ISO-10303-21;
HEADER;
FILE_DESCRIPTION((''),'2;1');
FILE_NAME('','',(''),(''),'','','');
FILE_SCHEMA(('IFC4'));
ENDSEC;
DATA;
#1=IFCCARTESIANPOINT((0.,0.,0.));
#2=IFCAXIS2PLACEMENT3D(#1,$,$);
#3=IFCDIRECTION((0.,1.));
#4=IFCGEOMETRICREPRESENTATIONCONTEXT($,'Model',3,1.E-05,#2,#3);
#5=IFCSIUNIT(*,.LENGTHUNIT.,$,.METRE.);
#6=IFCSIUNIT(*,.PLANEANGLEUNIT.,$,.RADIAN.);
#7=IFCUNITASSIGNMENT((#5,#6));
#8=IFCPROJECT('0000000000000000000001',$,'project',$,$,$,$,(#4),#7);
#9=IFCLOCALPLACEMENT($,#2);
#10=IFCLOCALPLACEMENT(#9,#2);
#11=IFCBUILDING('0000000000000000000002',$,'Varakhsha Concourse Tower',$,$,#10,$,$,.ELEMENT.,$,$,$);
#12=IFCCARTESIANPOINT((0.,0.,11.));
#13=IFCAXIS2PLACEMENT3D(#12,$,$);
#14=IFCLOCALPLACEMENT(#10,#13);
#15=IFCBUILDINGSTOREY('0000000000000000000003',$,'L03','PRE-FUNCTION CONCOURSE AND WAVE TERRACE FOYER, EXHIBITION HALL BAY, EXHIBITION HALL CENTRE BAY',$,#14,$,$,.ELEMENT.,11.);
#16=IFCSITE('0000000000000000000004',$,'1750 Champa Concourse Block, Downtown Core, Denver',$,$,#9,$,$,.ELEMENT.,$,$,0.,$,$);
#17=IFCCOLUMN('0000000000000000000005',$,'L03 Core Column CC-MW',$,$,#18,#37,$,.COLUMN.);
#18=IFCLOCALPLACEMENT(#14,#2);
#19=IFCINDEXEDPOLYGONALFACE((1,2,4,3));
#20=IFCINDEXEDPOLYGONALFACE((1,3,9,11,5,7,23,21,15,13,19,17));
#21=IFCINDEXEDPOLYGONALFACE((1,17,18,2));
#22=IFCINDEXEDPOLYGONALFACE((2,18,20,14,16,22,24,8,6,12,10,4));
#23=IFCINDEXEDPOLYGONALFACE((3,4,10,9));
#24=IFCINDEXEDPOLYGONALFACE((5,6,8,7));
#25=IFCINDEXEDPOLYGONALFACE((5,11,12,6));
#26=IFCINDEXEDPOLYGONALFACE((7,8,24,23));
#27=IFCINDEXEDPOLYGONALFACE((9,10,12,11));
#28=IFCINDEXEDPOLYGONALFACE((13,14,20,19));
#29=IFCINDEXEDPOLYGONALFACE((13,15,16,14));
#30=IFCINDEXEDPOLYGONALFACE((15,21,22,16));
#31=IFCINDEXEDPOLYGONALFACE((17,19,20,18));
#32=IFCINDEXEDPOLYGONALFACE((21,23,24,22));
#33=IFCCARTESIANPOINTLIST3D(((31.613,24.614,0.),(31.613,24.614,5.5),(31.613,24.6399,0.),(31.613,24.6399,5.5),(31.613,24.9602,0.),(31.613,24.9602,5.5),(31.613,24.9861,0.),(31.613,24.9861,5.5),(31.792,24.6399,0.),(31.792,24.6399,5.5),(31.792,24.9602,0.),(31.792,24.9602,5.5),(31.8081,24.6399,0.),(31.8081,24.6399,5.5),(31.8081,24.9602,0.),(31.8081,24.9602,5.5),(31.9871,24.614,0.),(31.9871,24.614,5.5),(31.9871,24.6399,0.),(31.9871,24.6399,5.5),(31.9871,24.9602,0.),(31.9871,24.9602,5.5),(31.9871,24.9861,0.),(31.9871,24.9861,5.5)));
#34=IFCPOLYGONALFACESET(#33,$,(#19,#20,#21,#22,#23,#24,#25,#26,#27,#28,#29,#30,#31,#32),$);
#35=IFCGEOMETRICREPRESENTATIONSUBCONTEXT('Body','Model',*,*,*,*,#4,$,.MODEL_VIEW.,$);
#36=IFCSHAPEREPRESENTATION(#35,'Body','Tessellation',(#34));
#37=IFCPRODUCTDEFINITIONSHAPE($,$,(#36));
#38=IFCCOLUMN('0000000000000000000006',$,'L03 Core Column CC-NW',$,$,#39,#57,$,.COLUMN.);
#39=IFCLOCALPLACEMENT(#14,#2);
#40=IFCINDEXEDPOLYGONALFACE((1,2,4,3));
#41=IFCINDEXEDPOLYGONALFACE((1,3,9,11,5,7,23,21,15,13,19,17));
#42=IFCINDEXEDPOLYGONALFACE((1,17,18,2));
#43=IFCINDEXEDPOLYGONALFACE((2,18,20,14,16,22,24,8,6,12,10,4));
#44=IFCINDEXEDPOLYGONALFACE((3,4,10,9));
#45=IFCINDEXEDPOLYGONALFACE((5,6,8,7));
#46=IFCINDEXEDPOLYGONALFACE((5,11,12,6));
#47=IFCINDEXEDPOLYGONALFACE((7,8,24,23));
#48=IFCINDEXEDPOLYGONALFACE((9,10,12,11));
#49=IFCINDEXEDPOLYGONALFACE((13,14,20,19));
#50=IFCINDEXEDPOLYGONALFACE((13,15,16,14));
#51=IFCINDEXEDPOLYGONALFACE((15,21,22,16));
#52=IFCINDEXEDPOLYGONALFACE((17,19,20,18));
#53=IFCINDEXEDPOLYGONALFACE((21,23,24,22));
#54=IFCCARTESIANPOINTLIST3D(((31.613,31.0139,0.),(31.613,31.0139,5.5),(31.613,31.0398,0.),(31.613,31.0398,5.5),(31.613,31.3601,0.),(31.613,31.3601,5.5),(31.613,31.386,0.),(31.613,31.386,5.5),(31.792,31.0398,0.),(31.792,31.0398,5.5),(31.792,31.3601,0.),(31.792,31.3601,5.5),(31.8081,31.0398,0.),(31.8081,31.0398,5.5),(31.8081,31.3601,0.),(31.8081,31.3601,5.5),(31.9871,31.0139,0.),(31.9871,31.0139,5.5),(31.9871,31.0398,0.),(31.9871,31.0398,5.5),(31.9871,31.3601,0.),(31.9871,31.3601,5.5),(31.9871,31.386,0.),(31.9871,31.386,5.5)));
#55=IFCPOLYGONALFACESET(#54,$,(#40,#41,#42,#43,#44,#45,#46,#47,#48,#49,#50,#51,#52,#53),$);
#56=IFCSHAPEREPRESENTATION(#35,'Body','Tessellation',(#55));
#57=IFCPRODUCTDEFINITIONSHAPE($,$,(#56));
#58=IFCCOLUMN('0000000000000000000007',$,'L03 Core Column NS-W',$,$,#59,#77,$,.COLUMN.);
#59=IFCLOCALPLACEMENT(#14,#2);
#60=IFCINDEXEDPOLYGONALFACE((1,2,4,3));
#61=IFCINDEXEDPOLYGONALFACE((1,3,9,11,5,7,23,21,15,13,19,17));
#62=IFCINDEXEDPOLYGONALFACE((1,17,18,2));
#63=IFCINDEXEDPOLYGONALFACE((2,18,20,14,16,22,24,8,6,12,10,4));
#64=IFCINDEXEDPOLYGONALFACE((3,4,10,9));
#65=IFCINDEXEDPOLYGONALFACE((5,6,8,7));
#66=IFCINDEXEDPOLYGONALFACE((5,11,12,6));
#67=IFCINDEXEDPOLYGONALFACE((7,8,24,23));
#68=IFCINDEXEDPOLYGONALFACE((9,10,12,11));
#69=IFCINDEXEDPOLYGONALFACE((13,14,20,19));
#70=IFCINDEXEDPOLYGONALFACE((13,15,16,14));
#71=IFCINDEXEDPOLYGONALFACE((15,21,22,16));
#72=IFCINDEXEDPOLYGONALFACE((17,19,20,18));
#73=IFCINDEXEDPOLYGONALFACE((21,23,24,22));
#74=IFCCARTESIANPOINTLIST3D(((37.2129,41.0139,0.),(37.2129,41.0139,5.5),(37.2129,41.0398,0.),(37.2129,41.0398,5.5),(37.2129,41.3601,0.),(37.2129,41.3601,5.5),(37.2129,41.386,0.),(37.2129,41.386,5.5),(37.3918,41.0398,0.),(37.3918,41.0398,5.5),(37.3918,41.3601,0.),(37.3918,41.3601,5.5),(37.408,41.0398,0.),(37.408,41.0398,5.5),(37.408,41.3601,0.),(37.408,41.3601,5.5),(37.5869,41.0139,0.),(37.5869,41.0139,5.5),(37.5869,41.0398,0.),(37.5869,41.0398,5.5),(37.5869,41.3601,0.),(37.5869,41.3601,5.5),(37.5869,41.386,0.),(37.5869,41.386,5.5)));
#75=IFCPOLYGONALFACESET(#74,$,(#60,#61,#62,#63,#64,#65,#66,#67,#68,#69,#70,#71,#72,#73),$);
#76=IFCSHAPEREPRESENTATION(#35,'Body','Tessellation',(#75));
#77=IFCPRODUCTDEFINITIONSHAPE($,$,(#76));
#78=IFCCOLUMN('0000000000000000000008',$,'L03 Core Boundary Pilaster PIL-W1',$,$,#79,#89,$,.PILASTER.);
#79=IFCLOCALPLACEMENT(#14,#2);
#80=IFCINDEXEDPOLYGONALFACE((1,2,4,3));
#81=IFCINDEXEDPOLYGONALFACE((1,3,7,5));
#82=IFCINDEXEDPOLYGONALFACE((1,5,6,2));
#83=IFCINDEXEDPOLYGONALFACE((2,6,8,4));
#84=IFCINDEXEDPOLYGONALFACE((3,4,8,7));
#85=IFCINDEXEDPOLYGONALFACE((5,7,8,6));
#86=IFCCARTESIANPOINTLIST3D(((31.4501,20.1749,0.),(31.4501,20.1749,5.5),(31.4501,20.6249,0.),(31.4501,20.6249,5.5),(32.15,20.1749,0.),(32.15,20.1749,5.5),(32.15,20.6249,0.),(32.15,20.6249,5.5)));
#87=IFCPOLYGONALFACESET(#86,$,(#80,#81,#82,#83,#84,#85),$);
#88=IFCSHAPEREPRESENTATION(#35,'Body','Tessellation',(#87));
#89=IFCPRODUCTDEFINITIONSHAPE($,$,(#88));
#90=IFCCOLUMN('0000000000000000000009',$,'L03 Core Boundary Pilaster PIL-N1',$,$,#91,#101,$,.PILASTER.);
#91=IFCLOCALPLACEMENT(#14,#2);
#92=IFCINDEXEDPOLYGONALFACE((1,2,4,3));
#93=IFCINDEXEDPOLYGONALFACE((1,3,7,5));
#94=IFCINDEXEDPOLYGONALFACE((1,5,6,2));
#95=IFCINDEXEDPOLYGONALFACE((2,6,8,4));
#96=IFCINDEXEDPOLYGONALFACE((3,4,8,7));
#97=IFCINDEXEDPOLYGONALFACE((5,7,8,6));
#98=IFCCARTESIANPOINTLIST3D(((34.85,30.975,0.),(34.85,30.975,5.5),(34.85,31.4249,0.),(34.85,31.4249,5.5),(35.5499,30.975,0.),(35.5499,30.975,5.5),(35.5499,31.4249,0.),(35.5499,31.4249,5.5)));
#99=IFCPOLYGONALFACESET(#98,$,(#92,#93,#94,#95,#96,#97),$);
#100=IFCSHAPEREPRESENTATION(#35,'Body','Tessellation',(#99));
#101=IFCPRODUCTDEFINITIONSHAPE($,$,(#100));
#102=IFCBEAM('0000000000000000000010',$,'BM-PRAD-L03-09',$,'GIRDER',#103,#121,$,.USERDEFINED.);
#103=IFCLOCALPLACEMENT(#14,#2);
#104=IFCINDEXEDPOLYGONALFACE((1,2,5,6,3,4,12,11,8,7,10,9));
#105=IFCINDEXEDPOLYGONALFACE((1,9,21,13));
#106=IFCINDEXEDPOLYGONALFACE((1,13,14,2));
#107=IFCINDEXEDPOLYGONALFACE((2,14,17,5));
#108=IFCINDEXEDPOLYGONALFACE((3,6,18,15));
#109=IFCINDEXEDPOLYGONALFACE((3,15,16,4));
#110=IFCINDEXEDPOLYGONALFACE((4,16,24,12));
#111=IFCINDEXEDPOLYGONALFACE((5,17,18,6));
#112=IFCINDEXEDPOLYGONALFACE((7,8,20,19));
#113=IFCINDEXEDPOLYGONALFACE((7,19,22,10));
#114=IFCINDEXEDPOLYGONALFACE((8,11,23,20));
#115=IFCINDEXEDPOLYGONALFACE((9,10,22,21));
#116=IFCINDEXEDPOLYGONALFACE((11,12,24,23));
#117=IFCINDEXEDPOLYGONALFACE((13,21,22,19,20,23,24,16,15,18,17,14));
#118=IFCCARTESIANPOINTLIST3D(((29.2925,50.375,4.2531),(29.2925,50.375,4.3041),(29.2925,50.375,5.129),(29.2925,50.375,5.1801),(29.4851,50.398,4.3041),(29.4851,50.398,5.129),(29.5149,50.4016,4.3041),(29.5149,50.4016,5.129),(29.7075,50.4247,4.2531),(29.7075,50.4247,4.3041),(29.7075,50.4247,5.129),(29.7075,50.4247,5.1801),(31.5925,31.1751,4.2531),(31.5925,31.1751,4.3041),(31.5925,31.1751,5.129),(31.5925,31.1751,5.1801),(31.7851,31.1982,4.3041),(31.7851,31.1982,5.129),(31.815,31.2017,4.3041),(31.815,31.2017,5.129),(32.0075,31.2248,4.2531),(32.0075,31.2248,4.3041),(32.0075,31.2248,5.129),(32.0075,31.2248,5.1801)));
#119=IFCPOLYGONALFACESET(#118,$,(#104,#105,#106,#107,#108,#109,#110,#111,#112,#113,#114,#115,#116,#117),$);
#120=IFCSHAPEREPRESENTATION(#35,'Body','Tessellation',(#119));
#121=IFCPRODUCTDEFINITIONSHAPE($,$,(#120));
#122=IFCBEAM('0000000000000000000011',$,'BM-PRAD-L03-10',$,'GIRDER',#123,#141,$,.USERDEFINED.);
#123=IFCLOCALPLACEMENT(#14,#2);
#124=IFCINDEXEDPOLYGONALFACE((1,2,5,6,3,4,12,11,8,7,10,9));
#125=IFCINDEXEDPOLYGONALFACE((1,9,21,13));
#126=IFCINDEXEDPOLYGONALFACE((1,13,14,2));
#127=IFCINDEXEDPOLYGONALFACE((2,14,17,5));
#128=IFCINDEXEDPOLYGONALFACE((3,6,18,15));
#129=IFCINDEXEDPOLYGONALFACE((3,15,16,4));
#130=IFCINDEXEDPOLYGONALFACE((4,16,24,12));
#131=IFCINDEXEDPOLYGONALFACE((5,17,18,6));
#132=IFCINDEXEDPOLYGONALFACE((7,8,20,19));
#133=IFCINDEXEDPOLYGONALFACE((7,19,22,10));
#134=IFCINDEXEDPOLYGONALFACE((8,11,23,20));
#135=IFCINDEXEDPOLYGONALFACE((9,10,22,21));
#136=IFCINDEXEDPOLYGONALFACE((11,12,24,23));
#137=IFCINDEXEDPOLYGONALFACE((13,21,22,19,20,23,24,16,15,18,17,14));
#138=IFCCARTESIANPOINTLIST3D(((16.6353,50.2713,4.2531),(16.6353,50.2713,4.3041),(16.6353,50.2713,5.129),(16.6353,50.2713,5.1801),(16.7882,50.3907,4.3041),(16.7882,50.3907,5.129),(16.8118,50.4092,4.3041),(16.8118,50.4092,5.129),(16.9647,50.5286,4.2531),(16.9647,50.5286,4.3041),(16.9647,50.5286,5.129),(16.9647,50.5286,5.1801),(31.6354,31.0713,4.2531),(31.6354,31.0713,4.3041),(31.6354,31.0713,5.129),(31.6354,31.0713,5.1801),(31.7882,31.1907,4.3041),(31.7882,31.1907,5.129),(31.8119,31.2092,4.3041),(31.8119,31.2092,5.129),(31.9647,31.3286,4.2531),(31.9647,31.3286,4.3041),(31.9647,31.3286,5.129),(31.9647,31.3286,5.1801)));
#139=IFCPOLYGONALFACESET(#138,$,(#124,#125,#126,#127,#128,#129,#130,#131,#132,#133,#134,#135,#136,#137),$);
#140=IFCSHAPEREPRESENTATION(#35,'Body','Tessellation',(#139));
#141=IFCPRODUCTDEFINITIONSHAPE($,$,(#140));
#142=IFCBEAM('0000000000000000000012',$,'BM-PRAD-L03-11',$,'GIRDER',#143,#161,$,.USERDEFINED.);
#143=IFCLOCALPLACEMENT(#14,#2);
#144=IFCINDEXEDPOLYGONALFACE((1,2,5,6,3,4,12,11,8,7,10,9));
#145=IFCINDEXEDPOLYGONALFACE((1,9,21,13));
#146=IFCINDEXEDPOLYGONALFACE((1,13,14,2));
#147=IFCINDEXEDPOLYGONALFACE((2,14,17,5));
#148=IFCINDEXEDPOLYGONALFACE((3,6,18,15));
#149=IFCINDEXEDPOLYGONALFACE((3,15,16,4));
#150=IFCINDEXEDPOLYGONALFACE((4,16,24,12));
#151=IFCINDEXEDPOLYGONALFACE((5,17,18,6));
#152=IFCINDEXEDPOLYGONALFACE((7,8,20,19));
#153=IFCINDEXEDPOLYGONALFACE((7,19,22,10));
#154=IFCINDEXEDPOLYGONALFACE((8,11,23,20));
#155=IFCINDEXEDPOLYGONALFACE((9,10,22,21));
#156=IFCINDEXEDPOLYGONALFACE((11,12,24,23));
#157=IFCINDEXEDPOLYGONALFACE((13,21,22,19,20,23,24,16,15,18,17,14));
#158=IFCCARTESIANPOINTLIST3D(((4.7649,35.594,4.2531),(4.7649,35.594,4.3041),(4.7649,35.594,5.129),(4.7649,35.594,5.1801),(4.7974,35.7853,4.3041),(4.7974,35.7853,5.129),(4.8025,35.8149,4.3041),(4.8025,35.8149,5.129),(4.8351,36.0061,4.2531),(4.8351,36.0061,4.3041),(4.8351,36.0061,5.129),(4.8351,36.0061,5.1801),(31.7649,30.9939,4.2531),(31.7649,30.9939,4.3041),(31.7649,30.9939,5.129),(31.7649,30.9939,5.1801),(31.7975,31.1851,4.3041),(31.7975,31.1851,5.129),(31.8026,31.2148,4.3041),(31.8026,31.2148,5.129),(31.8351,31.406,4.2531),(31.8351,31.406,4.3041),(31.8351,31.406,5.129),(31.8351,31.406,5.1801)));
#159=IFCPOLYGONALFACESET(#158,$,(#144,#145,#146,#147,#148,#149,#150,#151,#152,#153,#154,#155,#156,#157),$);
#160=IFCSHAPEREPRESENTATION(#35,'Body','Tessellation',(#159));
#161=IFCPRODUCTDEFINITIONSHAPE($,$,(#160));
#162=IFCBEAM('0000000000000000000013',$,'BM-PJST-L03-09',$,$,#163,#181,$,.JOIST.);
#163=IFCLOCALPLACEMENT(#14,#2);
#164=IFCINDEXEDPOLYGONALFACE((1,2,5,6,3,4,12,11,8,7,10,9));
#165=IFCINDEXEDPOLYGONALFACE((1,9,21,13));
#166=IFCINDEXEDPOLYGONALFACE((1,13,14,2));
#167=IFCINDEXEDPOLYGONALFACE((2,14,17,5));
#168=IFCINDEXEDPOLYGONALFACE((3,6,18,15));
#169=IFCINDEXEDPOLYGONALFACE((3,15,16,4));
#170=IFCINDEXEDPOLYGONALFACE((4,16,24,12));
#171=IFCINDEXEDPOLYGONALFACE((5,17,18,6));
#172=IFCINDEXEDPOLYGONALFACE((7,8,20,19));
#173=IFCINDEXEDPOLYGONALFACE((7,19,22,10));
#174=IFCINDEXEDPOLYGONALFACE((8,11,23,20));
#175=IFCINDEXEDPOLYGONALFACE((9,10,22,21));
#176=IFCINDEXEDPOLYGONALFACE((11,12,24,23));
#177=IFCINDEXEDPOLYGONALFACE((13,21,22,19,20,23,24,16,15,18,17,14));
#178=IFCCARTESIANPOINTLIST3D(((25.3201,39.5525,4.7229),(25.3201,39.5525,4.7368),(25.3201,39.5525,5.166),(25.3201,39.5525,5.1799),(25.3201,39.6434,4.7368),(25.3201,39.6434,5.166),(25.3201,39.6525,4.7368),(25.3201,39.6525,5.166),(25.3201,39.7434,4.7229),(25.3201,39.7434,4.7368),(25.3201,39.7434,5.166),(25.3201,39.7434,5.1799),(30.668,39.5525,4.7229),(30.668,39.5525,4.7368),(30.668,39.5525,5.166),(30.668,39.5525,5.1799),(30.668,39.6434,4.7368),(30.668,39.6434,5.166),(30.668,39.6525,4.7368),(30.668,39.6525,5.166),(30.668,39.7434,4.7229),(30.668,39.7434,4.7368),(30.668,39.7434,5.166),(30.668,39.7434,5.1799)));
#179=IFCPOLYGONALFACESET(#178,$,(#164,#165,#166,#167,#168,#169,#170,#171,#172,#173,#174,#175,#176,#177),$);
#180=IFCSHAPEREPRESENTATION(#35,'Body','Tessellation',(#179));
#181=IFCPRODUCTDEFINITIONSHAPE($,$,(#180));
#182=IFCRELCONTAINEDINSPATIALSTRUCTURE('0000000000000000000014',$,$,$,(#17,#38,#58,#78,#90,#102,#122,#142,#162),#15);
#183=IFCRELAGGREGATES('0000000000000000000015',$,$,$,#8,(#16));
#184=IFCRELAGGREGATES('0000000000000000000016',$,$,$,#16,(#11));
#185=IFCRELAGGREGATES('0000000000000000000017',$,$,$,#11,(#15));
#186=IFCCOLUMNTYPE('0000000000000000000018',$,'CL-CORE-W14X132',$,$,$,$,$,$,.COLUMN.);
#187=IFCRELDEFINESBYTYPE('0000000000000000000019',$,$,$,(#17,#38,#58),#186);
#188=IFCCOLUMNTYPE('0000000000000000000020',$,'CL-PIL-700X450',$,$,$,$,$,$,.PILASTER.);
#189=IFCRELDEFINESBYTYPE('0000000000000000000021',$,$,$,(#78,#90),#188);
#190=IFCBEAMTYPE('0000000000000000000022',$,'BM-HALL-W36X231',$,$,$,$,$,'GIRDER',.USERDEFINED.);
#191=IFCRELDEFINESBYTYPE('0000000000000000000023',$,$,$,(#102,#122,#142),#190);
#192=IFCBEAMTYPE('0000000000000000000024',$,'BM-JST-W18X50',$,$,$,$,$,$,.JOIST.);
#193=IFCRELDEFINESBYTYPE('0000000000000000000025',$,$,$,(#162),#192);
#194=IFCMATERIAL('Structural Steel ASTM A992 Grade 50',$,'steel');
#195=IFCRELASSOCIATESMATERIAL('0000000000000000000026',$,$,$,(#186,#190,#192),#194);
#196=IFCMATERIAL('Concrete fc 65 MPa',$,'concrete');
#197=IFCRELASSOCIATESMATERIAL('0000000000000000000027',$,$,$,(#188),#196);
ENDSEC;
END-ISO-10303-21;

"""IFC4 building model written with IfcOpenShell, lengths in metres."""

from ifc_helpers import new_model, si_unit, direction, frame, origin, origin_2d, place, context, subcontext, project, spatial, rectangle, i_section, extrude, material, material_profile, profile_set, type_object, element, save


model = new_model("IFC4")

# Units and contexts
model_context = context("Model", 3, precision=1e-05, world=origin(), true_north=direction((0.0, 1.0)))
body_context = subcontext(model_context, "Body", "Model", "MODEL_VIEW")
ifc_project = project(units=[si_unit("LENGTHUNIT", "METRE"), si_unit("PLANEANGLEUNIT", "RADIAN")], contexts=[model_context])

# Site, building, storey
site_placement = place(None, origin())
site = spatial("IfcSite", under=ifc_project, at=site_placement, Name="1750 Champa Concourse Block, Downtown Core, Denver", CompositionType="ELEMENT", RefElevation=0.0)
building_placement = place(site_placement, origin())
building = spatial("IfcBuilding", under=site, at=building_placement, Name="Varakhsha Concourse Tower", CompositionType="ELEMENT")
storey_placement = place(building_placement, frame((0.0, 0.0, 11.0)))
storey = spatial("IfcBuildingStorey", under=building, at=storey_placement, Name="L03", Description="PRE-FUNCTION CONCOURSE AND WAVE TERRACE FOYER, EXHIBITION HALL BAY, EXHIBITION HALL CENTRE BAY", CompositionType="ELEMENT", Elevation=11.0)

# Columns
ifc_material_1 = material(Name="Structural Steel ASTM A992 Grade 50", Category="steel")
ifc_material_profile_1 = material_profile(ifc_material_1, i_section(OverallWidth=0.374, OverallDepth=0.3721, WebThickness=0.0161, FlangeThickness=0.0259, at=origin_2d()), Name="W14X132")
ifc_profile_set_1 = profile_set([ifc_material_profile_1], Name="Structural Steel ASTM A992 Grade 50")
column_type_1 = type_object("IfcColumnType", Name="CL-CORE-W14X132", PredefinedType="COLUMN", material=ifc_profile_set_1)
for number, where, z_axis, x_axis, name in (
    (1, (31.8, 24.8, 0.0), (0.0, 0.0, 1.0), (1.0, 0.0, 0.0), "L03 Core Column CC-MW"),
    (2, (31.8, 31.2, 0.0), (0.0, 0.0, 1.0), (1.0, 0.0, 0.0), "L03 Core Column CC-NW"),
    (3, (37.3999, 41.2, 0.0), (0.0, 0.0, 1.0), (1.0, 0.0, 0.0), "L03 Core Column NS-W"),
):
    element("IfcColumn", number, at=place(storey_placement, frame(where, z_axis=z_axis, x_axis=x_axis)), inside=storey, type_object=column_type_1, Name=name, PredefinedType="COLUMN", context=body_context, shape_type="SweptSolid", body=[
        extrude(i_section(OverallWidth=0.374, OverallDepth=0.3721, WebThickness=0.0161, FlangeThickness=0.0259, at=origin_2d()), origin(), (0.0, 0.0, 1.0), 5.5),
    ])
ifc_material_2 = material(Name="Concrete fc 65 MPa", Category="concrete")
ifc_material_profile_2 = material_profile(ifc_material_2, rectangle(XDim=0.7, YDim=0.45, at=origin_2d()), Name="RC 700x450")
ifc_profile_set_2 = profile_set([ifc_material_profile_2], Name="Concrete fc 65 MPa")
column_type_2 = type_object("IfcColumnType", Name="CL-PIL-700X450", PredefinedType="PILASTER", material=ifc_profile_set_2)
for number, where, z_axis, x_axis, name in (
    (4, (31.8, 20.3999, 0.0), (0.0, 0.0, 1.0), (1.0, 0.0, 0.0), "L03 Core Boundary Pilaster PIL-W1"),
    (5, (35.2, 31.2, 0.0), (0.0, 0.0, 1.0), (1.0, 0.0, 0.0), "L03 Core Boundary Pilaster PIL-N1"),
):
    element("IfcColumn", number, at=place(storey_placement, frame(where, z_axis=z_axis, x_axis=x_axis)), inside=storey, type_object=column_type_2, Name=name, PredefinedType="PILASTER", context=body_context, shape_type="SweptSolid", body=[
        extrude(rectangle(XDim=0.7, YDim=0.45, at=origin_2d()), origin(), (0.0, 0.0, 1.0), 5.5),
    ])

# Beams
ifc_material_profile_3 = material_profile(ifc_material_1, i_section(OverallWidth=0.418, OverallDepth=0.927, WebThickness=0.03, FlangeThickness=0.051, at=origin_2d()), Name="W36X231")
ifc_profile_set_3 = profile_set([ifc_material_profile_3], Name="Structural Steel ASTM A992 Grade 50")
beam_type_1 = type_object("IfcBeamType", Name="BM-HALL-W36X231", ElementType="GIRDER", PredefinedType="USERDEFINED", material=ifc_profile_set_3)
beam_1_placement = place(storey_placement, frame((31.8, 31.2, 4.7166), z_axis=(-0.118944, 0.992901, 0.0), x_axis=(-0.992901, -0.118944, 0.0)))
element("IfcBeam", 6, at=beam_1_placement, inside=storey, type_object=beam_type_1, Name="BM-PRAD-L03-09", ObjectType="GIRDER", PredefinedType="USERDEFINED", context=body_context, shape_type="SweptSolid", body=[
    extrude(i_section(OverallWidth=0.418, OverallDepth=0.927, WebThickness=0.03, FlangeThickness=0.051, at=origin_2d()), origin(), (0.0, 0.0, 1.0), 19.3372),
])
beam_2_placement = place(storey_placement, frame((31.8, 31.2, 4.7166), z_axis=(-0.615645, 0.788024, 0.0), x_axis=(-0.788024, -0.615645, 0.0)))
element("IfcBeam", 7, at=beam_2_placement, inside=storey, type_object=beam_type_1, Name="BM-PRAD-L03-10", ObjectType="GIRDER", PredefinedType="USERDEFINED", context=body_context, shape_type="SweptSolid", body=[
    extrude(i_section(OverallWidth=0.418, OverallDepth=0.927, WebThickness=0.03, FlangeThickness=0.051, at=origin_2d()), origin(), (0.0, 0.0, 1.0), 24.3647),
])
beam_3_placement = place(storey_placement, frame((31.8, 31.2, 4.7166), z_axis=(-0.985795, 0.167954, 0.0), x_axis=(-0.167954, -0.985795, 0.0)))
element("IfcBeam", 8, at=beam_3_placement, inside=storey, type_object=beam_type_1, Name="BM-PRAD-L03-11", ObjectType="GIRDER", PredefinedType="USERDEFINED", context=body_context, shape_type="SweptSolid", body=[
    extrude(i_section(OverallWidth=0.418, OverallDepth=0.927, WebThickness=0.03, FlangeThickness=0.051, at=origin_2d()), origin(), (0.0, 0.0, 1.0), 27.3892),
])
ifc_material_profile_4 = material_profile(ifc_material_1, i_section(OverallWidth=0.1909, OverallDepth=0.457, WebThickness=0.009, FlangeThickness=0.0139, at=origin_2d()), Name="W18X50")
ifc_profile_set_4 = profile_set([ifc_material_profile_4], Name="Structural Steel ASTM A992 Grade 50")
beam_type_2 = type_object("IfcBeamType", Name="BM-JST-W18X50", PredefinedType="JOIST", material=ifc_profile_set_4)
beam_4_placement = place(storey_placement, frame((30.668, 39.6479, 4.9514), z_axis=(-1.0, 0.0, 0.0), x_axis=(0.0, -1.0, 0.0)))
element("IfcBeam", 9, at=beam_4_placement, inside=storey, type_object=beam_type_2, Name="BM-PJST-L03-09", PredefinedType="JOIST", context=body_context, shape_type="SweptSolid", body=[
    extrude(i_section(OverallWidth=0.1909, OverallDepth=0.457, WebThickness=0.009, FlangeThickness=0.0139, at=origin_2d()), origin(), (0.0, 0.0, 1.0), 5.3479),
])

save(model, "model.ifc")
